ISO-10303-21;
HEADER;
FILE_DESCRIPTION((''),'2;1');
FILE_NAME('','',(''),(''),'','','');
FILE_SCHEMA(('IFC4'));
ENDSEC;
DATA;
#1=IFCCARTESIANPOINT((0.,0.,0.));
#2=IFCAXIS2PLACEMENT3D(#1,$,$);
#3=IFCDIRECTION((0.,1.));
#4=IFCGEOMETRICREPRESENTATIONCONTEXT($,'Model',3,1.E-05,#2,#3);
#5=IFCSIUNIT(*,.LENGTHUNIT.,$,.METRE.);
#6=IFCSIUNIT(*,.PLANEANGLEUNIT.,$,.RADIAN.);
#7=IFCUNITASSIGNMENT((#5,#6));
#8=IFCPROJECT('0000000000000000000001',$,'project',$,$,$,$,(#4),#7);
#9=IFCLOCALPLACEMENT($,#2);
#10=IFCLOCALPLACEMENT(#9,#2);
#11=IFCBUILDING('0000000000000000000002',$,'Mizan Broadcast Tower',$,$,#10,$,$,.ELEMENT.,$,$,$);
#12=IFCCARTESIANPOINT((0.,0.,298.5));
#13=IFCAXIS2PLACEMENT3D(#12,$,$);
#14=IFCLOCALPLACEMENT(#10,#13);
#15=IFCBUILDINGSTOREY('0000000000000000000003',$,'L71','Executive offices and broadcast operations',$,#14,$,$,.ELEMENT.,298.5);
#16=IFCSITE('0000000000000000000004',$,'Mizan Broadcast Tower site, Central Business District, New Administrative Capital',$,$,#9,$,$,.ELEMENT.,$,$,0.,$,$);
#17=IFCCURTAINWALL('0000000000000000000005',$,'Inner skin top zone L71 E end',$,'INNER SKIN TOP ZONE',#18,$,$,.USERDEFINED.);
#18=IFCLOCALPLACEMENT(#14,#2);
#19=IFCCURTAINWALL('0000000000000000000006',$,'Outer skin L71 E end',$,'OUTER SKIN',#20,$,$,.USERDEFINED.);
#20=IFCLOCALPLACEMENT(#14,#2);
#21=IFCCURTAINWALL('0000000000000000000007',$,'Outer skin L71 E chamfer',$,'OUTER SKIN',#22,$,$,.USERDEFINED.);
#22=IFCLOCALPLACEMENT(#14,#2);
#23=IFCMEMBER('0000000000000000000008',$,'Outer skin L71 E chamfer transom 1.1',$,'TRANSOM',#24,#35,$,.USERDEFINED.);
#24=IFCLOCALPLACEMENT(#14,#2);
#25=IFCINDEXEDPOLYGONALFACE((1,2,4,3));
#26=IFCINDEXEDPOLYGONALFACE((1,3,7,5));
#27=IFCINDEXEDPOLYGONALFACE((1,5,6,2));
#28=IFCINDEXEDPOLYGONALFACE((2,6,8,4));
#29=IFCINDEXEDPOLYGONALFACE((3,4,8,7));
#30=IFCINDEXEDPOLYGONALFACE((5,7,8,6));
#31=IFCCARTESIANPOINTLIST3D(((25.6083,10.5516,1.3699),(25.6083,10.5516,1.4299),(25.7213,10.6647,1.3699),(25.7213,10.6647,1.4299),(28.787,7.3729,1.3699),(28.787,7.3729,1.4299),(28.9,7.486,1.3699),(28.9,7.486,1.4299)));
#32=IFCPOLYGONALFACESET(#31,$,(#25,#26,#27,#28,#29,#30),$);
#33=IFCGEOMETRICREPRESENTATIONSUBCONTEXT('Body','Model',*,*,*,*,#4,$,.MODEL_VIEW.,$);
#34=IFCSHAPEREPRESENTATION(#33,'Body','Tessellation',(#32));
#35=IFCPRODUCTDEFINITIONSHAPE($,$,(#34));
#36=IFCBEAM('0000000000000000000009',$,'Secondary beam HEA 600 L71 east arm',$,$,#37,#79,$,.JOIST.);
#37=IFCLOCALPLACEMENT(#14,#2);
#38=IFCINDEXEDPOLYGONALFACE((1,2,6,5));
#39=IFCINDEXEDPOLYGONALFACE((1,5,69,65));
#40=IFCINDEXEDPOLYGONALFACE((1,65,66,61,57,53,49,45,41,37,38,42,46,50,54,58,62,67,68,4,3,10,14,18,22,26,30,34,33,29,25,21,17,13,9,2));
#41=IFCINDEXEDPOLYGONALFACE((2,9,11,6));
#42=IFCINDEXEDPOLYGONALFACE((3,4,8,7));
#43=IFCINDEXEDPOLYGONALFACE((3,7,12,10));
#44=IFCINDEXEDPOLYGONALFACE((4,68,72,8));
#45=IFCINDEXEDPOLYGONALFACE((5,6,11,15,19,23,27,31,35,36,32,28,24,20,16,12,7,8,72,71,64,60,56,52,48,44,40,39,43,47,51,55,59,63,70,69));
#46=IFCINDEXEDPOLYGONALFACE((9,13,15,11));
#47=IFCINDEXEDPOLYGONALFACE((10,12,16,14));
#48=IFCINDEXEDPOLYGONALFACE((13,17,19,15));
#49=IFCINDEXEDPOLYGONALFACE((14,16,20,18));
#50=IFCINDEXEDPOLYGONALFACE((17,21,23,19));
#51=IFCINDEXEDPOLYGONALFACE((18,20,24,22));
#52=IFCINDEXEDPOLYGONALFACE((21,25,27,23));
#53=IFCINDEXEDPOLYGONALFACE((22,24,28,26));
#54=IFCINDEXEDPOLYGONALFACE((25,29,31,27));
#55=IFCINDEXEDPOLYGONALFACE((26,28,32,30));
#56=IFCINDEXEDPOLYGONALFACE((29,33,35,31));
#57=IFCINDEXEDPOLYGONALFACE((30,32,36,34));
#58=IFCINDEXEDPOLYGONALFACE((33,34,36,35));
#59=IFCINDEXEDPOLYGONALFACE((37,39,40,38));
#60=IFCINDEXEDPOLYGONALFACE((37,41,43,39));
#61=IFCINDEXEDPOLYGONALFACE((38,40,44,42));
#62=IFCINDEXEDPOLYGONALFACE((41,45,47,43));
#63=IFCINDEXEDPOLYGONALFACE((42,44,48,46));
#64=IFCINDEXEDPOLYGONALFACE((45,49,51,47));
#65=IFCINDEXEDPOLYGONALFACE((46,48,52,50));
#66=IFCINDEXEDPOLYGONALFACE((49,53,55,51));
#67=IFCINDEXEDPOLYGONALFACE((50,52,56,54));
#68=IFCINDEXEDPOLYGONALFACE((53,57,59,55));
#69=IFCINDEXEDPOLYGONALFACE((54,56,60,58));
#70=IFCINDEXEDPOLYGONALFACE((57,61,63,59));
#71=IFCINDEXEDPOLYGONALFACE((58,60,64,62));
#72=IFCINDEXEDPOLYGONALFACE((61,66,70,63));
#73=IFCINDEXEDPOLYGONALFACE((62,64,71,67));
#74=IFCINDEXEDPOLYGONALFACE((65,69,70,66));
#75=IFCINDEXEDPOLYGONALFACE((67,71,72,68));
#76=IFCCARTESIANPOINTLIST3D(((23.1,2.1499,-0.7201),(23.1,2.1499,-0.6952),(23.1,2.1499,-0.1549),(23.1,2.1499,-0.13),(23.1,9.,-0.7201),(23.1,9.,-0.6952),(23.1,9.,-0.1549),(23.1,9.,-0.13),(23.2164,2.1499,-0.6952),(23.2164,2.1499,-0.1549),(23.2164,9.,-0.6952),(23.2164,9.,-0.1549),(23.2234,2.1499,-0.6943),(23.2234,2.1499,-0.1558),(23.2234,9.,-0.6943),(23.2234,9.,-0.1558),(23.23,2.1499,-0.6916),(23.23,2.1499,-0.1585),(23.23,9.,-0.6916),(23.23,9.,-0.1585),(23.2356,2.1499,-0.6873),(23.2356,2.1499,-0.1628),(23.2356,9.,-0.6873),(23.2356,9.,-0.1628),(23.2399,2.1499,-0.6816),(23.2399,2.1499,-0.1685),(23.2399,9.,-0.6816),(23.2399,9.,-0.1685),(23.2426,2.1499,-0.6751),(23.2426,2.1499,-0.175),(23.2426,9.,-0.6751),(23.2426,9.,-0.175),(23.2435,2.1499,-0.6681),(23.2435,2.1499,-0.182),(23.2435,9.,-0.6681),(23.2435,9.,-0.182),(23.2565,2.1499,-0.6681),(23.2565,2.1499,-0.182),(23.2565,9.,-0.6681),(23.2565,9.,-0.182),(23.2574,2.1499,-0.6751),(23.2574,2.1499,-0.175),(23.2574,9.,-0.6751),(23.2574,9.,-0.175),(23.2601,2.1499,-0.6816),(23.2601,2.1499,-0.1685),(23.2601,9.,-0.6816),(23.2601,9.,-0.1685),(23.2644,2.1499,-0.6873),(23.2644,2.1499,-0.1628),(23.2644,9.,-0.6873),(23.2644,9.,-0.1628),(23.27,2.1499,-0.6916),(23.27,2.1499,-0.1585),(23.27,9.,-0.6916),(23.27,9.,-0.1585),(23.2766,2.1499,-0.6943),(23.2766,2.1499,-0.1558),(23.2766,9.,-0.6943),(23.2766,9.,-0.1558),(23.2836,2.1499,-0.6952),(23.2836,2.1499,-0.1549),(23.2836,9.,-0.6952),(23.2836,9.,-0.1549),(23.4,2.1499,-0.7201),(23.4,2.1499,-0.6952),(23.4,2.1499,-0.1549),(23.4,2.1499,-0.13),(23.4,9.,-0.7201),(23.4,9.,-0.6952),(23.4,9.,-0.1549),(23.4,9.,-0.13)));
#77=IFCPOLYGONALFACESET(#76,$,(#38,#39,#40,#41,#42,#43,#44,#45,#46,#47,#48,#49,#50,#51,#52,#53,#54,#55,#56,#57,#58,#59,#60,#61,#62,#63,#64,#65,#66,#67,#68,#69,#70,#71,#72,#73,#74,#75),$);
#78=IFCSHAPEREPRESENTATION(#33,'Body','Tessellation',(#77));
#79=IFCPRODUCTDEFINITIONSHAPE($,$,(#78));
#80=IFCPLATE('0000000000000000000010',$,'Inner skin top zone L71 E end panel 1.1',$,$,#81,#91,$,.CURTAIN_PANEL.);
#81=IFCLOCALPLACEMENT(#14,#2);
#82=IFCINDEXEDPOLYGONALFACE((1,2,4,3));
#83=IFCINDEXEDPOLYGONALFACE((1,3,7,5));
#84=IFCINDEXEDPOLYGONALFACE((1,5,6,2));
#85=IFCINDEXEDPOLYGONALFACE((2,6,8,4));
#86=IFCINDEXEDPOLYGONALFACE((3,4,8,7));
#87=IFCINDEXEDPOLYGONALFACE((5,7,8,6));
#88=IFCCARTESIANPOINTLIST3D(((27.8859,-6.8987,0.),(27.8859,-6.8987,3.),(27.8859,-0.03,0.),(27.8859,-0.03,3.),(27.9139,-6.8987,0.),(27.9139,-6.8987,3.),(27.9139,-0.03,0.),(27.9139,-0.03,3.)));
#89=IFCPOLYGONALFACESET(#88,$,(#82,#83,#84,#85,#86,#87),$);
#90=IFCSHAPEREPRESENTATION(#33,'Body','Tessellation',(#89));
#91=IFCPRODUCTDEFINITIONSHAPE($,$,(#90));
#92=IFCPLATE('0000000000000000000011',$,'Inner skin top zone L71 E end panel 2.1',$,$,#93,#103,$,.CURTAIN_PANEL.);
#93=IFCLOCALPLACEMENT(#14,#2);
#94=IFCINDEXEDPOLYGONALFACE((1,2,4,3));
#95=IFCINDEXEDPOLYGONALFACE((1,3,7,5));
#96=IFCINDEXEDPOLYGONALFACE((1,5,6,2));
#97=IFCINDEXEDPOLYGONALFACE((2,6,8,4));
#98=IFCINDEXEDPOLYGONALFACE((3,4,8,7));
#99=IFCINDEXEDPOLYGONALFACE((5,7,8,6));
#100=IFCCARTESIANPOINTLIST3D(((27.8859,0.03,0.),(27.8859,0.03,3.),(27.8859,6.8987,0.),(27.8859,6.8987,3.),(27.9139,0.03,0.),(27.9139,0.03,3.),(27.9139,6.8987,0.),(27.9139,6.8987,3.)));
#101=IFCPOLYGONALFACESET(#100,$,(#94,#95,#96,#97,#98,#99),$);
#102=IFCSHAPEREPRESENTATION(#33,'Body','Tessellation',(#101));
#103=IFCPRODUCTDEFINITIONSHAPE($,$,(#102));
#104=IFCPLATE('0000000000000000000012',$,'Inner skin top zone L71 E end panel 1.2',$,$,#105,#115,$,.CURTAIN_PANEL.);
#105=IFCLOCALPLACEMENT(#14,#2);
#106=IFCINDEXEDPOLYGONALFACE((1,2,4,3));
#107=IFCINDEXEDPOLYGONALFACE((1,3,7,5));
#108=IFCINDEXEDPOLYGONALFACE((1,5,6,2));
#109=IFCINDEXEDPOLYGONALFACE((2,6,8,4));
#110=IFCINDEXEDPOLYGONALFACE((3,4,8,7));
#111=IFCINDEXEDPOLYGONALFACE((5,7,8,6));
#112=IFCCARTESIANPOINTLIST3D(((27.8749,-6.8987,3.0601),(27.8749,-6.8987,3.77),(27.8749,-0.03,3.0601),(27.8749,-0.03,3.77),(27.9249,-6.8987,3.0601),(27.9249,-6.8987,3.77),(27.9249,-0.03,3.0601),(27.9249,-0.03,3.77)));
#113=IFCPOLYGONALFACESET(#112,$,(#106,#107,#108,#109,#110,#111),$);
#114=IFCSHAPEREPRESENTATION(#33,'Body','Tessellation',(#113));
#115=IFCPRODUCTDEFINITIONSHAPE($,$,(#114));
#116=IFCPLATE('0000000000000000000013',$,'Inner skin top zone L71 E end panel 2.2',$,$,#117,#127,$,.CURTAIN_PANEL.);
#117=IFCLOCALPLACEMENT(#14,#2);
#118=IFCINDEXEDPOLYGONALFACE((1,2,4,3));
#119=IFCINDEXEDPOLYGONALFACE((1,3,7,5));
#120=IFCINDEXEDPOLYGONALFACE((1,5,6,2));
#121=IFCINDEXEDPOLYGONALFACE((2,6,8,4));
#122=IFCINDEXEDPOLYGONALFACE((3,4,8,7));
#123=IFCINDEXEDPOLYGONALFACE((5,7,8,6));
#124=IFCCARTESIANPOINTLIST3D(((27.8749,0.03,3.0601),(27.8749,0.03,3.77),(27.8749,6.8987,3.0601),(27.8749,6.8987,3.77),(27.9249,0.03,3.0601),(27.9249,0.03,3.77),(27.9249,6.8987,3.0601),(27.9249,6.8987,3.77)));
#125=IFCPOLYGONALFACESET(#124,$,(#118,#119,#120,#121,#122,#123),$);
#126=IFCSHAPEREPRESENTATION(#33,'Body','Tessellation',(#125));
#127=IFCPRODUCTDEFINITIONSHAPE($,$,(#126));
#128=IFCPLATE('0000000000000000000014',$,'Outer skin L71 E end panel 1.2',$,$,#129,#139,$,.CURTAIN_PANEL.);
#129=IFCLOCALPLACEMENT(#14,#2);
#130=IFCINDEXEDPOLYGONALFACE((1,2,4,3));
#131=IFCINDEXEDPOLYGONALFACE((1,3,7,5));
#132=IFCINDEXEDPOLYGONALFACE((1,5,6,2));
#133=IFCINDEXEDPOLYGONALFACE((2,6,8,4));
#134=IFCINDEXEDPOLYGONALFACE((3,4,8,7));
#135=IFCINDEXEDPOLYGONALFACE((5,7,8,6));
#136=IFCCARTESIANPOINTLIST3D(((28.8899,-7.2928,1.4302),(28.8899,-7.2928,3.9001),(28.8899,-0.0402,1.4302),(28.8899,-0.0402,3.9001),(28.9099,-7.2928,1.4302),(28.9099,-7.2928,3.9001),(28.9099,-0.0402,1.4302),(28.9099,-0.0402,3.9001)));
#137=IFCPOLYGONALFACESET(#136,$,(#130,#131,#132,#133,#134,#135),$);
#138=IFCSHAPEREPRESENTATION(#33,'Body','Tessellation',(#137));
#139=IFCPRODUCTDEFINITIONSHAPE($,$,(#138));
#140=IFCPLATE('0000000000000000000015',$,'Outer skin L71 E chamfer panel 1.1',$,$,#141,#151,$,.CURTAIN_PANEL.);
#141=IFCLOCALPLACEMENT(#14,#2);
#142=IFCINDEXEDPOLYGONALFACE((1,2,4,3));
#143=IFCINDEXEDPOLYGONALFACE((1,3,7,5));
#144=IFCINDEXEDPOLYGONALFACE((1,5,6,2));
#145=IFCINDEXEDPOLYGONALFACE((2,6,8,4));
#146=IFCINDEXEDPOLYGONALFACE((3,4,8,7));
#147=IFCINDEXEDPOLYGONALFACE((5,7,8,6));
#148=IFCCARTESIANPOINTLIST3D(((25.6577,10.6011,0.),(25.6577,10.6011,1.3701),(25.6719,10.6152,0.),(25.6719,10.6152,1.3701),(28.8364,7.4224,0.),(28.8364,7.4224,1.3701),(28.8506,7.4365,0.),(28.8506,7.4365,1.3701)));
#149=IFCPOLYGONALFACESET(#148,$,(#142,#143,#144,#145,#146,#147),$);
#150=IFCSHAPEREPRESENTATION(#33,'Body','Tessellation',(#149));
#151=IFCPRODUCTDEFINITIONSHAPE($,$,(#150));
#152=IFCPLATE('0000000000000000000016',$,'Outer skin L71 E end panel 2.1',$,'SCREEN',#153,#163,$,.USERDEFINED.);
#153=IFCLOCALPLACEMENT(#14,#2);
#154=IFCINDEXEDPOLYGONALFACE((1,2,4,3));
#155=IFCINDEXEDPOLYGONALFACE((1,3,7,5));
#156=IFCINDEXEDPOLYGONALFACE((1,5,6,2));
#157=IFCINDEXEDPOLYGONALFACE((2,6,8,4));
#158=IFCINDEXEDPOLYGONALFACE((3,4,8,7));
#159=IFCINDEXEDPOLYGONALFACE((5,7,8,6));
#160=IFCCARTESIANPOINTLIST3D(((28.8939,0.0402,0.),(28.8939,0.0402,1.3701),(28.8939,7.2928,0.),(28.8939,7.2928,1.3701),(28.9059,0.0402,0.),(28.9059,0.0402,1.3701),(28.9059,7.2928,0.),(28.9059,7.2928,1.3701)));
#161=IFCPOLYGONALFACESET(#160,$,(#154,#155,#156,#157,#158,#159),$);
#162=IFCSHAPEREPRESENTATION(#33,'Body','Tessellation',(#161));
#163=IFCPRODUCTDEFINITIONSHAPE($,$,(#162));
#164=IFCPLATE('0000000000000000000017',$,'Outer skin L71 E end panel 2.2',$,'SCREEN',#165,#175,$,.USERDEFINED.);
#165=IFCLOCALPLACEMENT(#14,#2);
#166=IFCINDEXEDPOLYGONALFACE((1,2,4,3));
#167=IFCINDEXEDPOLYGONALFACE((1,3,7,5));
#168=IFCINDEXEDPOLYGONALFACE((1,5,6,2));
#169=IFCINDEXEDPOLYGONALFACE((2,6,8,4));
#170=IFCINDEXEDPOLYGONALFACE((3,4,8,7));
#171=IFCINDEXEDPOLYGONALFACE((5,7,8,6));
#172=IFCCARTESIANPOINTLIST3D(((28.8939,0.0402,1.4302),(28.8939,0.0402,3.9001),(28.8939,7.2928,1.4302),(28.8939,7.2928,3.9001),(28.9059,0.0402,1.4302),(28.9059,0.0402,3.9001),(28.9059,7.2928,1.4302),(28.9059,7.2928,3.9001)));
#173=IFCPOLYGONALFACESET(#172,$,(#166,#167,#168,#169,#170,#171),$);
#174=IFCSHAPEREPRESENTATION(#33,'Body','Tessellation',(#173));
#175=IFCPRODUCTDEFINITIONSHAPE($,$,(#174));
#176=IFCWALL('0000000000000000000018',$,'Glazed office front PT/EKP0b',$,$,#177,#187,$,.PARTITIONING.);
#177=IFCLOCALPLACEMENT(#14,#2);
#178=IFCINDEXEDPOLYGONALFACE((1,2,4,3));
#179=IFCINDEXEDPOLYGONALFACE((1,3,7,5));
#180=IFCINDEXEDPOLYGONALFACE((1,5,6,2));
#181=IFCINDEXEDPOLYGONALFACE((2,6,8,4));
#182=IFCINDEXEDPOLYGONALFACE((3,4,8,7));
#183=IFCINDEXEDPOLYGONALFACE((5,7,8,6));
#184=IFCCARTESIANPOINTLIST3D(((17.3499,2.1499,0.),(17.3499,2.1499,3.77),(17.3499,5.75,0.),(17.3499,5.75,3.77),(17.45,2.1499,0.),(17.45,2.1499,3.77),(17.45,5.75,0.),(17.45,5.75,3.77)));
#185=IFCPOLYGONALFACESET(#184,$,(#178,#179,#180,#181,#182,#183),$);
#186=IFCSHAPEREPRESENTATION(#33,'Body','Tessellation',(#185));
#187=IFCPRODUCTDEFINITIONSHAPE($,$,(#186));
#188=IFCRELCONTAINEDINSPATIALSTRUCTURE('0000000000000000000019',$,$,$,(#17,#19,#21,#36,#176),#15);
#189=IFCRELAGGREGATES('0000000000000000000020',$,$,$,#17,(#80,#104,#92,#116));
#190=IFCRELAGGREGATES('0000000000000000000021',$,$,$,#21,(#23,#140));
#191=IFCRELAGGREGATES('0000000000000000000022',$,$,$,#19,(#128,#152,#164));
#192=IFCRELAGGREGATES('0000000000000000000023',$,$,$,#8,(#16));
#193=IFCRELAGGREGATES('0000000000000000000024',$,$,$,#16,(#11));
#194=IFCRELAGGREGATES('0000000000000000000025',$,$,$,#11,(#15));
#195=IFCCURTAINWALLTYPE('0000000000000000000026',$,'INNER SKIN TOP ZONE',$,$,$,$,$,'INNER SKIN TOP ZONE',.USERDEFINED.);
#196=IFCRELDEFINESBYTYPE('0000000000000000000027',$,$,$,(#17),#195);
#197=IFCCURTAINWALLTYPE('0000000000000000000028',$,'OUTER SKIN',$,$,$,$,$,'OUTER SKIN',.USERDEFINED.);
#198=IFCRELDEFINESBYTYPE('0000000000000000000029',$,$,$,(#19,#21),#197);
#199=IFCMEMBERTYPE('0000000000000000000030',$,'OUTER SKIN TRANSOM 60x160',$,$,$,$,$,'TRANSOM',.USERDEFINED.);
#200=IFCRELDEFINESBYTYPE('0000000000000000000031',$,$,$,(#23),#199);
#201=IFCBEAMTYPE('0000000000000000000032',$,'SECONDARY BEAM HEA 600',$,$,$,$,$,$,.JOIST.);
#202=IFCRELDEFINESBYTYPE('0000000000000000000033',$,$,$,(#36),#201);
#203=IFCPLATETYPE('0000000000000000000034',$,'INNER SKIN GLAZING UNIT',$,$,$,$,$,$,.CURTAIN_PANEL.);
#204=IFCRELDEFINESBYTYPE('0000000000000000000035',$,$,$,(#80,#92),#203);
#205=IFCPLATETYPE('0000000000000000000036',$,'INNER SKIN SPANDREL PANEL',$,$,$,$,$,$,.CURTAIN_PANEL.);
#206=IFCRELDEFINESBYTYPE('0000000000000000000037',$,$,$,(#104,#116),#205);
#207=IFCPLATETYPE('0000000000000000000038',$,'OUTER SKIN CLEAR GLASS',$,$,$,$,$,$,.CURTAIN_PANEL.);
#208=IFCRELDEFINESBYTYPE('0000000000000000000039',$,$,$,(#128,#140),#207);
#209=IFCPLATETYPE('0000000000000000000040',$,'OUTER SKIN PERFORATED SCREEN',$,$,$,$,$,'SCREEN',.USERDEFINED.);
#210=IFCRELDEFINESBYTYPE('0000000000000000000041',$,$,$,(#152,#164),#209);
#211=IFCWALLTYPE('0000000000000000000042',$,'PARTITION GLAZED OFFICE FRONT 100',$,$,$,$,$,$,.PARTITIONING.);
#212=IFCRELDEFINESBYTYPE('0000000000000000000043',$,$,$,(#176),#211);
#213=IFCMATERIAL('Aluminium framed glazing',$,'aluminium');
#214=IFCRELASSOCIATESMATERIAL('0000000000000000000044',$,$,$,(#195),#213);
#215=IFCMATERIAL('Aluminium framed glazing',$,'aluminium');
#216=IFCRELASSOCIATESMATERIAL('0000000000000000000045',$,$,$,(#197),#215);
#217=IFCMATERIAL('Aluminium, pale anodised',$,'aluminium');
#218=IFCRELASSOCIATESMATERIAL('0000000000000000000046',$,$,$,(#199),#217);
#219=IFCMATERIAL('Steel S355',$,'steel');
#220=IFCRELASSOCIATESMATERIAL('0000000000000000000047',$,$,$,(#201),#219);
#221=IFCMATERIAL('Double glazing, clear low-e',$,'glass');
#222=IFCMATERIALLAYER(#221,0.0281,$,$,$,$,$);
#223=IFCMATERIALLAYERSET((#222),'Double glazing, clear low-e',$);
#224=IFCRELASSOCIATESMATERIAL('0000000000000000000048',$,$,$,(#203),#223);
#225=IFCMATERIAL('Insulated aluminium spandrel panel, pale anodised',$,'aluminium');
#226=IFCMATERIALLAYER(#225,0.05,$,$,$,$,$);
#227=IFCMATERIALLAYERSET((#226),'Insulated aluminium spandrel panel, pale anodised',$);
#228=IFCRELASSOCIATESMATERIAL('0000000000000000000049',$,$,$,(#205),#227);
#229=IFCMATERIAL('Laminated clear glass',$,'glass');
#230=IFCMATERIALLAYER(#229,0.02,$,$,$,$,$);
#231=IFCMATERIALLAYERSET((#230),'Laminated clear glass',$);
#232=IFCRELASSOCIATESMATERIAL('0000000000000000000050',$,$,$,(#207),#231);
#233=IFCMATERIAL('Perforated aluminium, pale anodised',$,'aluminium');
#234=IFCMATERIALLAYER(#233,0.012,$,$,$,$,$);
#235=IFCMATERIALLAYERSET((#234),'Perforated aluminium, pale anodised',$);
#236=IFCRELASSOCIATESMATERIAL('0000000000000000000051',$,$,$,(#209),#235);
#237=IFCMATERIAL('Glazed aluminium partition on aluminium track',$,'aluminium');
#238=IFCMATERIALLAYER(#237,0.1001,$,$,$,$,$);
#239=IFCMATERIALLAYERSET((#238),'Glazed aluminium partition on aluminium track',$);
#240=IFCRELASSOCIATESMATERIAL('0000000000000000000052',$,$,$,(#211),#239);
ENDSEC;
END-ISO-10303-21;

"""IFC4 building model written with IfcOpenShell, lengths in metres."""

from ifc_helpers import new_model, si_unit, direction, frame, frame_2d, origin, origin_2d, place, context, subcontext, project, spatial, rectangle, i_section, extrude, material, layer, layer_set, material_profile, profile_set, type_object, element, aggregate, save


model = new_model("IFC4")

# Units and contexts
model_context = context("Model", 3, precision=1e-05, world=origin(), true_north=direction((0.0, 1.0)))
body_context = subcontext(model_context, "Body", "Model", "MODEL_VIEW")
ifc_project = project(units=[si_unit("LENGTHUNIT", "METRE"), si_unit("PLANEANGLEUNIT", "RADIAN")], contexts=[model_context])

# Site, building, storey
site_placement = place(None, origin())
site = spatial("IfcSite", under=ifc_project, at=site_placement, Name="Mizan Broadcast Tower site, Central Business District, New Administrative Capital", CompositionType="ELEMENT", RefElevation=0.0)
building_placement = place(site_placement, origin())
building = spatial("IfcBuilding", under=site, at=building_placement, Name="Mizan Broadcast Tower", CompositionType="ELEMENT")
storey_placement = place(building_placement, frame((0.0, 0.0, 298.5)))
storey = spatial("IfcBuildingStorey", under=building, at=storey_placement, Name="L71", Description="Executive offices and broadcast operations", CompositionType="ELEMENT", Elevation=298.5)

# Curtain wall
ifc_material_1 = material(Name="Aluminium framed glazing", Category="aluminium")
curtain_wall_type_1 = type_object("IfcCurtainWallType", Name="INNER SKIN TOP ZONE", ElementType="INNER SKIN TOP ZONE", PredefinedType="USERDEFINED", material=ifc_material_1)
curtain_wall_1_placement = place(storey_placement, origin())
curtain_wall_1 = element("IfcCurtainWall", 1, at=curtain_wall_1_placement, inside=storey, type_object=curtain_wall_type_1, Name="Inner skin top zone L71 E end", ObjectType="INNER SKIN TOP ZONE", PredefinedType="USERDEFINED")

# Curtain wall
ifc_material_2 = material(Name="Aluminium framed glazing", Category="aluminium")
curtain_wall_type_2 = type_object("IfcCurtainWallType", Name="OUTER SKIN", ElementType="OUTER SKIN", PredefinedType="USERDEFINED", material=ifc_material_2)
curtain_wall_2_placement = place(storey_placement, origin())
curtain_wall_2 = element("IfcCurtainWall", 2, at=curtain_wall_2_placement, inside=storey, type_object=curtain_wall_type_2, Name="Outer skin L71 E end", ObjectType="OUTER SKIN", PredefinedType="USERDEFINED")
ifc_material_3 = material(Name="Aluminium, pale anodised", Category="aluminium")
ifc_material_profile_1 = material_profile(ifc_material_3, rectangle(XDim=0.1599, YDim=0.0601, at=origin_2d()), Name="TRANSOM 160x60")
ifc_profile_set_1 = profile_set([ifc_material_profile_1], Name="Aluminium, pale anodised")
member_type_1 = type_object("IfcMemberType", Name="OUTER SKIN TRANSOM 60x160", ElementType="TRANSOM", PredefinedType="USERDEFINED", material=ifc_profile_set_1)

# Curtain wall, member
curtain_wall_3_placement = place(storey_placement, origin())
curtain_wall_3 = element("IfcCurtainWall", 3, at=curtain_wall_3_placement, inside=storey, type_object=curtain_wall_type_2, Name="Outer skin L71 E chamfer", ObjectType="OUTER SKIN", PredefinedType="USERDEFINED")
member_1_placement = place(storey_placement, frame((28.8435, 7.4294, 1.3999), z_axis=(-0.707107, 0.707107, 0.0), x_axis=(-0.707107, -0.707107, 0.0)))
member_1 = element("IfcMember", 4, at=member_1_placement, type_object=member_type_1, Name="Outer skin L71 E chamfer transom 1.1", ObjectType="TRANSOM", PredefinedType="USERDEFINED", context=body_context, shape_type="SweptSolid", body=[
    extrude(rectangle(XDim=0.1599, YDim=0.0601, at=origin_2d()), origin(), (0.0, 0.0, 1.0), 4.4954),
])

# Beam
ifc_material_4 = material(Name="Steel S355", Category="steel")
ifc_material_profile_2 = material_profile(ifc_material_4, i_section(OverallWidth=0.3, OverallDepth=0.5901, WebThickness=0.0129, FlangeThickness=0.0249, FilletRadius=0.0271, at=origin_2d()), Name="HEA 600")
ifc_profile_set_2 = profile_set([ifc_material_profile_2], Name="Steel S355")
beam_type_1 = type_object("IfcBeamType", Name="SECONDARY BEAM HEA 600", PredefinedType="JOIST", material=ifc_profile_set_2)
beam_1_placement = place(storey_placement, frame((23.25, 9.0, -0.425), z_axis=(0.0, -1.0, 0.0), x_axis=(1.0, 0.0, 0.0)))
element("IfcBeam", 5, at=beam_1_placement, inside=storey, type_object=beam_type_1, Name="Secondary beam HEA 600 L71 east arm", PredefinedType="JOIST", context=body_context, shape_type="SweptSolid", body=[
    extrude(i_section(OverallWidth=0.3, OverallDepth=0.5901, WebThickness=0.0129, FlangeThickness=0.0249, FilletRadius=0.0271, at=origin_2d()), origin(), (0.0, 0.0, 1.0), 6.8501),
])

# Plates
ifc_material_5 = material(Name="Double glazing, clear low-e", Category="glass")
ifc_layer_1 = layer(ifc_material_5, 0.0281)
ifc_layer_set_1 = layer_set([ifc_layer_1], Name="Double glazing, clear low-e")
plate_type_1 = type_object("IfcPlateType", Name="INNER SKIN GLAZING UNIT", PredefinedType="CURTAIN_PANEL", material=ifc_layer_set_1)
plate_1_placement = place(storey_placement, frame((27.8999, -3.4644, 0.0), z_axis=(0.0, 0.0, 1.0), x_axis=(0.0, 1.0, 0.0)))
plate_1 = element("IfcPlate", 6, at=plate_1_placement, type_object=plate_type_1, Name="Inner skin top zone L71 E end panel 1.1", PredefinedType="CURTAIN_PANEL", context=body_context, shape_type="SweptSolid", body=[
    extrude(rectangle(XDim=6.8687, YDim=0.0281, at=origin_2d()), origin(), (0.0, 0.0, 1.0), 3.0),
])
plate_2_placement = place(storey_placement, frame((27.8999, 3.4644, 0.0), z_axis=(0.0, 0.0, 1.0), x_axis=(0.0, 1.0, 0.0)))
plate_2 = element("IfcPlate", 7, at=plate_2_placement, type_object=plate_type_1, Name="Inner skin top zone L71 E end panel 2.1", PredefinedType="CURTAIN_PANEL", context=body_context, shape_type="SweptSolid", body=[
    extrude(rectangle(XDim=6.8687, YDim=0.0281, at=origin_2d()), origin(), (0.0, 0.0, 1.0), 3.0),
])
ifc_material_6 = material(Name="Insulated aluminium spandrel panel, pale anodised", Category="aluminium")
ifc_layer_2 = layer(ifc_material_6, 0.05)
ifc_layer_set_2 = layer_set([ifc_layer_2], Name="Insulated aluminium spandrel panel, pale anodised")
plate_type_2 = type_object("IfcPlateType", Name="INNER SKIN SPANDREL PANEL", PredefinedType="CURTAIN_PANEL", material=ifc_layer_set_2)
plate_3_placement = place(storey_placement, frame((27.8999, -3.4644, 3.0601), z_axis=(0.0, 0.0, 1.0), x_axis=(0.0, 1.0, 0.0)))
plate_3 = element("IfcPlate", 8, at=plate_3_placement, type_object=plate_type_2, Name="Inner skin top zone L71 E end panel 1.2", PredefinedType="CURTAIN_PANEL", context=body_context, shape_type="SweptSolid", body=[
    extrude(rectangle(XDim=6.8687, YDim=0.05, at=origin_2d()), origin(), (0.0, 0.0, 1.0), 0.71),
])
plate_4_placement = place(storey_placement, frame((27.8999, 3.4644, 3.0601), z_axis=(0.0, 0.0, 1.0), x_axis=(0.0, 1.0, 0.0)))
plate_4 = element("IfcPlate", 9, at=plate_4_placement, type_object=plate_type_2, Name="Inner skin top zone L71 E end panel 2.2", PredefinedType="CURTAIN_PANEL", context=body_context, shape_type="SweptSolid", body=[
    extrude(rectangle(XDim=6.8687, YDim=0.05, at=origin_2d()), origin(), (0.0, 0.0, 1.0), 0.71),
])
aggregate(curtain_wall_1, [plate_1, plate_3, plate_2, plate_4])
ifc_material_7 = material(Name="Laminated clear glass", Category="glass")
ifc_layer_3 = layer(ifc_material_7, 0.02)
ifc_layer_set_3 = layer_set([ifc_layer_3], Name="Laminated clear glass")
plate_type_3 = type_object("IfcPlateType", Name="OUTER SKIN CLEAR GLASS", PredefinedType="CURTAIN_PANEL", material=ifc_layer_set_3)
plate_5_placement = place(storey_placement, frame((28.8999, -3.6665, 1.4302), z_axis=(0.0, 0.0, 1.0), x_axis=(0.0, 1.0, 0.0)))
plate_5 = element("IfcPlate", 10, at=plate_5_placement, type_object=plate_type_3, Name="Outer skin L71 E end panel 1.2", PredefinedType="CURTAIN_PANEL", context=body_context, shape_type="SweptSolid", body=[
    extrude(rectangle(XDim=7.2527, YDim=0.02, at=origin_2d()), origin(), (0.0, 0.0, 1.0), 2.47),
])
plate_6_placement = place(storey_placement, frame((27.2542, 9.0188, 0.0), z_axis=(0.0, 0.0, 1.0), x_axis=(-0.707107, 0.707107, 0.0)))
plate_6 = element("IfcPlate", 11, at=plate_6_placement, type_object=plate_type_3, Name="Outer skin L71 E chamfer panel 1.1", PredefinedType="CURTAIN_PANEL", context=body_context, shape_type="SweptSolid", body=[
    extrude(rectangle(XDim=4.4954, YDim=0.02, at=origin_2d()), origin(), (0.0, 0.0, 1.0), 1.3701),
])
aggregate(curtain_wall_3, [member_1, plate_6])
ifc_material_8 = material(Name="Perforated aluminium, pale anodised", Category="aluminium")
ifc_layer_4 = layer(ifc_material_8, 0.012)
ifc_layer_set_4 = layer_set([ifc_layer_4], Name="Perforated aluminium, pale anodised")
plate_type_4 = type_object("IfcPlateType", Name="OUTER SKIN PERFORATED SCREEN", ElementType="SCREEN", PredefinedType="USERDEFINED", material=ifc_layer_set_4)
plate_7_placement = place(storey_placement, frame((28.8999, 3.6665, 0.0), z_axis=(0.0, 0.0, 1.0), x_axis=(0.0, 1.0, 0.0)))
plate_7 = element("IfcPlate", 12, at=plate_7_placement, type_object=plate_type_4, Name="Outer skin L71 E end panel 2.1", ObjectType="SCREEN", PredefinedType="USERDEFINED", context=body_context, shape_type="SweptSolid", body=[
    extrude(rectangle(XDim=7.2527, YDim=0.012, at=origin_2d()), origin(), (0.0, 0.0, 1.0), 1.3701),
])
plate_8_placement = place(storey_placement, frame((28.8999, 3.6665, 1.4302), z_axis=(0.0, 0.0, 1.0), x_axis=(0.0, 1.0, 0.0)))
plate_8 = element("IfcPlate", 13, at=plate_8_placement, type_object=plate_type_4, Name="Outer skin L71 E end panel 2.2", ObjectType="SCREEN", PredefinedType="USERDEFINED", context=body_context, shape_type="SweptSolid", body=[
    extrude(rectangle(XDim=7.2527, YDim=0.012, at=origin_2d()), origin(), (0.0, 0.0, 1.0), 2.47),
])
aggregate(curtain_wall_2, [plate_5, plate_7, plate_8])

# Wall
ifc_material_9 = material(Name="Glazed aluminium partition on aluminium track", Category="aluminium")
ifc_layer_5 = layer(ifc_material_9, 0.1001)
ifc_layer_set_5 = layer_set([ifc_layer_5], Name="Glazed aluminium partition on aluminium track")
wall_type = type_object("IfcWallType", Name="PARTITION GLAZED OFFICE FRONT 100", PredefinedType="PARTITIONING", material=ifc_layer_set_5)
wall_placement = place(storey_placement, frame((17.3999, 2.1499, 0.0), z_axis=(0.0, 0.0, 1.0), x_axis=(0.0, 1.0, 0.0)))
element("IfcWall", 14, at=wall_placement, inside=storey, type_object=wall_type, Name="Glazed office front PT/EKP0b", PredefinedType="PARTITIONING", context=body_context, shape_type="SweptSolid", body=[
    extrude(rectangle(XDim=3.6001, YDim=0.1001, at=frame_2d((1.8, 0.0))), origin(), (0.0, 0.0, 1.0), 3.77),
])

save(model, "model.ifc")
